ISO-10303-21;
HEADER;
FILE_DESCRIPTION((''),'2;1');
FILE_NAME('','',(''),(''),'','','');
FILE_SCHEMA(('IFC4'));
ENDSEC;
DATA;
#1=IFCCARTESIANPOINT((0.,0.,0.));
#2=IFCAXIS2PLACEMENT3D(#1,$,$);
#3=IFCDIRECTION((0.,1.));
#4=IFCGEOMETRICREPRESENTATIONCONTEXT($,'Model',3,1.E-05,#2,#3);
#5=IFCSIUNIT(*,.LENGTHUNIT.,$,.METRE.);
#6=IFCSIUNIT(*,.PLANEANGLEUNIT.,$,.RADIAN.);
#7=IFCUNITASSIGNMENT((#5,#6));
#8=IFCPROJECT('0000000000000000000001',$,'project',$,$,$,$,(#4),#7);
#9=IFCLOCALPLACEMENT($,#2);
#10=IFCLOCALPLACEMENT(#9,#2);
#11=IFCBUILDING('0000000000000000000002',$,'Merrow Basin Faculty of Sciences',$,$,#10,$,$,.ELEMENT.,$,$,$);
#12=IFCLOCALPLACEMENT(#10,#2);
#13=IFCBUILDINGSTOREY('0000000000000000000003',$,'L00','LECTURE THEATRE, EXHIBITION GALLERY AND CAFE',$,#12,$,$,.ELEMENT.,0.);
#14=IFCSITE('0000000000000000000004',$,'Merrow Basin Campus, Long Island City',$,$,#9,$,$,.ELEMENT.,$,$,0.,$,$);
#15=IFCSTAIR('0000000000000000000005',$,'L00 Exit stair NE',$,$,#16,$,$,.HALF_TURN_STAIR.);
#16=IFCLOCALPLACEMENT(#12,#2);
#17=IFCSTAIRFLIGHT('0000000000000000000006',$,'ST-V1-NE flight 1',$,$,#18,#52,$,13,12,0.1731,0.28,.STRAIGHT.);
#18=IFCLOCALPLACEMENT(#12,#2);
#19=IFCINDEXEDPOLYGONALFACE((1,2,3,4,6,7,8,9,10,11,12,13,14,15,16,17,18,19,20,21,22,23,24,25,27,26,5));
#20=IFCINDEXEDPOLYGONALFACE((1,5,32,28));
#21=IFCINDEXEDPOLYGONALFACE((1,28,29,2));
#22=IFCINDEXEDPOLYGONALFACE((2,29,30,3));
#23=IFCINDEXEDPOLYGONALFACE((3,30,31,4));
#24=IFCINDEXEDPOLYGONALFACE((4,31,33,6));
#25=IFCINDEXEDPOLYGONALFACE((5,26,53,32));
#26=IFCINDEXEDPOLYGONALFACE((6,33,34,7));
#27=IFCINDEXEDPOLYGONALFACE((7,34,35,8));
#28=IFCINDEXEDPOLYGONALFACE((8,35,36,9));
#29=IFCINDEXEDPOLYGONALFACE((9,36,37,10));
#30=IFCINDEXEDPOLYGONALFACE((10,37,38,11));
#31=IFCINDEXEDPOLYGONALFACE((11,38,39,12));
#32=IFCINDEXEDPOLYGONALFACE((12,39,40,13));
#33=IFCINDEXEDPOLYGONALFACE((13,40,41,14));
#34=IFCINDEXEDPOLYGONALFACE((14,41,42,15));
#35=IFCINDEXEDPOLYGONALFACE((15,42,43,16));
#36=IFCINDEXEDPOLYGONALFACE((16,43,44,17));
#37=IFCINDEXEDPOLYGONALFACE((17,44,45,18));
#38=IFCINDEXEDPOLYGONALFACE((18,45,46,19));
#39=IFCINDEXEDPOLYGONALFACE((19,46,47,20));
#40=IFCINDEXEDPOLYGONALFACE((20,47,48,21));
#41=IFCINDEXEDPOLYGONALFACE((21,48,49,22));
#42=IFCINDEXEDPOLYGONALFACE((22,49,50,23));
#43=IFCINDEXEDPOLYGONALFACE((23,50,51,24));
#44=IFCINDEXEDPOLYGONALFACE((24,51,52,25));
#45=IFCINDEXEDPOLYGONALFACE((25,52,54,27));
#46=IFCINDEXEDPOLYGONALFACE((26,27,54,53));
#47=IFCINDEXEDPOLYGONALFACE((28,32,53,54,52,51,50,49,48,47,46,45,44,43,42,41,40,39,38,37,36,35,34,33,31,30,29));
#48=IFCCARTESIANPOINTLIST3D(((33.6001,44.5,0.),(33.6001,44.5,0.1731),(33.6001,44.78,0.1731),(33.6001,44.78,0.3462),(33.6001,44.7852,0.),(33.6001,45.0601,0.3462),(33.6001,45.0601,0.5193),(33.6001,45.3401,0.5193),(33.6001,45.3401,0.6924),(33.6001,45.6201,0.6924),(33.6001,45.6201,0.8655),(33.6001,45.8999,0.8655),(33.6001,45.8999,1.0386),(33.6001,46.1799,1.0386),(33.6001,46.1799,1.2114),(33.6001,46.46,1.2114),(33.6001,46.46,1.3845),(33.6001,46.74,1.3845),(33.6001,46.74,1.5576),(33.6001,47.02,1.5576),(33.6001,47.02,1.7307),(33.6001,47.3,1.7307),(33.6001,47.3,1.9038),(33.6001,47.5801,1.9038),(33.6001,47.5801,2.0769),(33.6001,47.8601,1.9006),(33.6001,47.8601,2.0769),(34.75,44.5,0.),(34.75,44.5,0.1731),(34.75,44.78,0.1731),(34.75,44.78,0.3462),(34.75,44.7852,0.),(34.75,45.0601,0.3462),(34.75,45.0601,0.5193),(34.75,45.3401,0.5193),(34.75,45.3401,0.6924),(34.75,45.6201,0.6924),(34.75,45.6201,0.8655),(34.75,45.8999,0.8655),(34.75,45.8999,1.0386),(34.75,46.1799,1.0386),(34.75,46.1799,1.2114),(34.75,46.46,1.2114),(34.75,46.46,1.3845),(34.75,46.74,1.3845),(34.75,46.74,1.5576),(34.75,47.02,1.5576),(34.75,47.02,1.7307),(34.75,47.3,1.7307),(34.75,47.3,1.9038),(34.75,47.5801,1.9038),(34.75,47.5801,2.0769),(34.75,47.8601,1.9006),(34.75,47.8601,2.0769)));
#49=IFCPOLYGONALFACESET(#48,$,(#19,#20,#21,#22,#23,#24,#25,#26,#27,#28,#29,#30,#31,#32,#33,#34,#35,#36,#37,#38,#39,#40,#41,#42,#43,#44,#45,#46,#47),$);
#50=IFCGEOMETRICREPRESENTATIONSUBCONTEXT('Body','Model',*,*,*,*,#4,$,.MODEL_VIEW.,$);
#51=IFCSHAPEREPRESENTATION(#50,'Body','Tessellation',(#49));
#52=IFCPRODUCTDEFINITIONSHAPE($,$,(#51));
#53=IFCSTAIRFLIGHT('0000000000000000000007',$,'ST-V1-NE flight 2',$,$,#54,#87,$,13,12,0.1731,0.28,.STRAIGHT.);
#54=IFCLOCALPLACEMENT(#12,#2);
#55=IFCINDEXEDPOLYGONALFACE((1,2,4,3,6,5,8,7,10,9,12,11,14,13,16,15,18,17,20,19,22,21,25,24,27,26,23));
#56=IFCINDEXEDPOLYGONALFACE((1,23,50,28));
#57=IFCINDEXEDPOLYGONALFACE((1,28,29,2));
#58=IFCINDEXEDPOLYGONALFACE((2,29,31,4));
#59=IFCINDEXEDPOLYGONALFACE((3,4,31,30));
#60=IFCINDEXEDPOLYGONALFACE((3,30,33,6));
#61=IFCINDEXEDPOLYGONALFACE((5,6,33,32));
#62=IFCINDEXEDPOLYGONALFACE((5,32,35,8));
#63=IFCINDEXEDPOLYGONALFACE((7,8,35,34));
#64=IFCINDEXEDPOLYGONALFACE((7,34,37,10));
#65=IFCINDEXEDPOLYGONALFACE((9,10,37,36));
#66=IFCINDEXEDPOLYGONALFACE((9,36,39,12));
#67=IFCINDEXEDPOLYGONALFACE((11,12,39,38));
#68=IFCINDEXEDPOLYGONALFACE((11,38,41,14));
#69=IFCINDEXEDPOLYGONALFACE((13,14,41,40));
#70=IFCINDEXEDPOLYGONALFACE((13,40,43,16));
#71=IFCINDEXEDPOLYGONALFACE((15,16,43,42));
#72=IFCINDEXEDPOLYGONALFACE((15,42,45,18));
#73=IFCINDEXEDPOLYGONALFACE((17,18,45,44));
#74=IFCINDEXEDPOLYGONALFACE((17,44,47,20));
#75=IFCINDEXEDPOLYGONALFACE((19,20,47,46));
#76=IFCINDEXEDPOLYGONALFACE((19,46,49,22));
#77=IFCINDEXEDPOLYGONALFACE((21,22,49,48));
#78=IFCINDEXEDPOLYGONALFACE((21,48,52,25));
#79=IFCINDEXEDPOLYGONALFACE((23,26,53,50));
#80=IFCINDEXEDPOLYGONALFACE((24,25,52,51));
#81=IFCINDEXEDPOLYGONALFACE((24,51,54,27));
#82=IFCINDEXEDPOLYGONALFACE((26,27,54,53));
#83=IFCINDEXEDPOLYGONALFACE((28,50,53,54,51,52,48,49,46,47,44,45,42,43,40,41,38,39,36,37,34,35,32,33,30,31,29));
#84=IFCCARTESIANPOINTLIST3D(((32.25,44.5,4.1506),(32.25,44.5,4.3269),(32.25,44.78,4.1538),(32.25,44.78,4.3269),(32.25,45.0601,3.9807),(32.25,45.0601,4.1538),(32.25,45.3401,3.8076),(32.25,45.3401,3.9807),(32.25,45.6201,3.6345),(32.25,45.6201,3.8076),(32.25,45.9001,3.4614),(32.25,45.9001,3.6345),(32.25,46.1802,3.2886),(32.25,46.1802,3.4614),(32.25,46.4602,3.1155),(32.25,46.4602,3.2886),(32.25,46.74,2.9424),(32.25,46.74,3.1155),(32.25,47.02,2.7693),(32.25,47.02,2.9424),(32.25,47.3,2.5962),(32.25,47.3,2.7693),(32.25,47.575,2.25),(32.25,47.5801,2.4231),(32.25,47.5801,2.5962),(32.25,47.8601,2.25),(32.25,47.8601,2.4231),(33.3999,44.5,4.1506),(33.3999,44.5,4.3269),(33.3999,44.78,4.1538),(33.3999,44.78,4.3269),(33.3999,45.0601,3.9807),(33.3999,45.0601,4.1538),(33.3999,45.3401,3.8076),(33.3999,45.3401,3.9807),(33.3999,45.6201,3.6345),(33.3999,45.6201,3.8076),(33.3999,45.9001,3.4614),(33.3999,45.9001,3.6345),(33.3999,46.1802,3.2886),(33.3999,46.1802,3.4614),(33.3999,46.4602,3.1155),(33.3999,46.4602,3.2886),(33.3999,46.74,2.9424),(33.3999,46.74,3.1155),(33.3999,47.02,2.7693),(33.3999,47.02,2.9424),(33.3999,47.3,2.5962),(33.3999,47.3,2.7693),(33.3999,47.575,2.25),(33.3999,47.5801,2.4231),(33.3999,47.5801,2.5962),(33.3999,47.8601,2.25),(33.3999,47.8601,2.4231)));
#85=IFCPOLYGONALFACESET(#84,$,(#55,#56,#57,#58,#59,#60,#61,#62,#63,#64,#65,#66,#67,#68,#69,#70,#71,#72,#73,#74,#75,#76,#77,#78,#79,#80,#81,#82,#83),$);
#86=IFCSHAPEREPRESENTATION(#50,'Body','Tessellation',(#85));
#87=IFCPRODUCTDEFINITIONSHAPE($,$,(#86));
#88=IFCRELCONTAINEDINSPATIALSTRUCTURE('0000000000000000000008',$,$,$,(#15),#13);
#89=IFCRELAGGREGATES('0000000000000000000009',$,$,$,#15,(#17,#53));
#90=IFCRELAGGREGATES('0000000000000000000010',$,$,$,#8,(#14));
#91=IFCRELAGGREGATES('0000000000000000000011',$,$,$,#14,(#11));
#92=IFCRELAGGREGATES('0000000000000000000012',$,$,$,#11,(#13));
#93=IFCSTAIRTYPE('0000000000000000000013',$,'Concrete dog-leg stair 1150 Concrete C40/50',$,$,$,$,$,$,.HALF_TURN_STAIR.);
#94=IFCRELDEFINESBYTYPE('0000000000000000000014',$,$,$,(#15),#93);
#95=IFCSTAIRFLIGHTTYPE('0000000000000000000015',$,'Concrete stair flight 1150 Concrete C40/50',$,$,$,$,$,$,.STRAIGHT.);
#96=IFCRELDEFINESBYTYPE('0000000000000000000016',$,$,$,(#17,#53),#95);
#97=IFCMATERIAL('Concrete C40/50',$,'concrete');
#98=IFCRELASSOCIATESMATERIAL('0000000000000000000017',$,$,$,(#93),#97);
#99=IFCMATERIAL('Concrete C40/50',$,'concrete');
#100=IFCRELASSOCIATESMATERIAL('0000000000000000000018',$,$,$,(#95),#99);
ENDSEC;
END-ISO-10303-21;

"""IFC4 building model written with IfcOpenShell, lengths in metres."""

from ifc_helpers import new_model, si_unit, direction, frame, origin, place, context, subcontext, project, spatial, polyline, outline, extrude, material, type_object, element, aggregate, save


model = new_model("IFC4")

# Units and contexts
model_context = context("Model", 3, precision=1e-05, world=origin(), true_north=direction((0.0, 1.0)))
body_context = subcontext(model_context, "Body", "Model", "MODEL_VIEW")
ifc_project = project(units=[si_unit("LENGTHUNIT", "METRE"), si_unit("PLANEANGLEUNIT", "RADIAN")], contexts=[model_context])

# Site, building, storey
site_placement = place(None, origin())
site = spatial("IfcSite", under=ifc_project, at=site_placement, Name="Merrow Basin Campus, Long Island City", CompositionType="ELEMENT", RefElevation=0.0)
building_placement = place(site_placement, origin())
building = spatial("IfcBuilding", under=site, at=building_placement, Name="Merrow Basin Faculty of Sciences", CompositionType="ELEMENT")
storey_placement = place(building_placement, origin())
storey = spatial("IfcBuildingStorey", under=building, at=storey_placement, Name="L00", Description="LECTURE THEATRE, EXHIBITION GALLERY AND CAFE", CompositionType="ELEMENT", Elevation=0.0)

# Stair, stair flights
ifc_material_1 = material(Name="Concrete C40/50", Category="concrete")
stair_type = type_object("IfcStairType", Name="Concrete dog-leg stair 1150 Concrete C40/50", PredefinedType="HALF_TURN_STAIR", material=ifc_material_1)
stair_placement = place(storey_placement, origin())
stair = element("IfcStair", 1, at=stair_placement, inside=storey, type_object=stair_type, Name="L00 Exit stair NE", PredefinedType="HALF_TURN_STAIR")
ifc_material_2 = material(Name="Concrete C40/50", Category="concrete")
stair_flight_type = type_object("IfcStairFlightType", Name="Concrete stair flight 1150 Concrete C40/50", PredefinedType="STRAIGHT", material=ifc_material_2)
stair_flight_1_placement = place(storey_placement, frame((34.175, 44.5, 0.0), z_axis=(0.0, 0.0, 1.0), x_axis=(0.0, 1.0, 0.0)))
stair_flight_1 = element("IfcStairFlight", 2, at=stair_flight_1_placement, type_object=stair_flight_type, Name="ST-V1-NE flight 1", NumberOfRisers=13, NumberOfTreads=12, PredefinedType="STRAIGHT", RiserHeight=0.1731, TreadLength=0.28, context=body_context, shape_type="SweptSolid", body=[
    extrude(outline(polyline([(0.0, 0.0), (0.0, 0.1731), (0.28, 0.1731), (0.28, 0.3462), (0.5601, 0.3462), (0.5601, 0.5193), (0.8401, 0.5193), (0.8401, 0.6924), (1.1201, 0.6924), (1.1201, 0.8655), (1.3999, 0.8655), (1.3999, 1.0386), (1.6799, 1.0386), (1.6799, 1.2114), (1.96, 1.2114), (1.96, 1.3845), (2.24, 1.3845), (2.24, 1.5576), (2.52, 1.5576), (2.52, 1.7307), (2.8, 1.7307), (2.8, 1.9038), (3.0801, 1.9038), (3.0801, 2.0769), (3.3601, 2.0769), (3.3601, 2.25), (3.3601, 1.9006), (0.2852, 0.0), (0.0, 0.0)])), frame((0.0, 0.575, 0.0), z_axis=(0.0, -1.0, 0.0), x_axis=(1.0, 0.0, 0.0)), (0.0, 0.0, 1.0), 1.1499),
])
stair_flight_2_placement = place(storey_placement, frame((32.825, 47.8601, 2.25), z_axis=(0.0, 0.0, 1.0), x_axis=(0.0, -1.0, 0.0)))
stair_flight_2 = element("IfcStairFlight", 3, at=stair_flight_2_placement, type_object=stair_flight_type, Name="ST-V1-NE flight 2", NumberOfRisers=13, NumberOfTreads=12, PredefinedType="STRAIGHT", RiserHeight=0.1731, TreadLength=0.28, context=body_context, shape_type="SweptSolid", body=[
    extrude(outline(polyline([(0.0, 0.0), (0.0, 0.1731), (0.28, 0.1731), (0.28, 0.3462), (0.5601, 0.3462), (0.5601, 0.5193), (0.8401, 0.5193), (0.8401, 0.6924), (1.1201, 0.6924), (1.1201, 0.8655), (1.3999, 0.8655), (1.3999, 1.0386), (1.6799, 1.0386), (1.6799, 1.2114), (1.96, 1.2114), (1.96, 1.3845), (2.24, 1.3845), (2.24, 1.5576), (2.52, 1.5576), (2.52, 1.7307), (2.8, 1.7307), (2.8, 1.9038), (3.0801, 1.9038), (3.0801, 2.0769), (3.3601, 2.0769), (3.3601, 2.25), (3.3601, 1.9006), (0.2852, 0.0), (0.0, 0.0)])), frame((0.0, 0.575, 0.0), z_axis=(0.0, -1.0, 0.0), x_axis=(1.0, 0.0, 0.0)), (0.0, 0.0, 1.0), 1.1499),
])
aggregate(stair, [stair_flight_1, stair_flight_2])

save(model, "model.ifc")
